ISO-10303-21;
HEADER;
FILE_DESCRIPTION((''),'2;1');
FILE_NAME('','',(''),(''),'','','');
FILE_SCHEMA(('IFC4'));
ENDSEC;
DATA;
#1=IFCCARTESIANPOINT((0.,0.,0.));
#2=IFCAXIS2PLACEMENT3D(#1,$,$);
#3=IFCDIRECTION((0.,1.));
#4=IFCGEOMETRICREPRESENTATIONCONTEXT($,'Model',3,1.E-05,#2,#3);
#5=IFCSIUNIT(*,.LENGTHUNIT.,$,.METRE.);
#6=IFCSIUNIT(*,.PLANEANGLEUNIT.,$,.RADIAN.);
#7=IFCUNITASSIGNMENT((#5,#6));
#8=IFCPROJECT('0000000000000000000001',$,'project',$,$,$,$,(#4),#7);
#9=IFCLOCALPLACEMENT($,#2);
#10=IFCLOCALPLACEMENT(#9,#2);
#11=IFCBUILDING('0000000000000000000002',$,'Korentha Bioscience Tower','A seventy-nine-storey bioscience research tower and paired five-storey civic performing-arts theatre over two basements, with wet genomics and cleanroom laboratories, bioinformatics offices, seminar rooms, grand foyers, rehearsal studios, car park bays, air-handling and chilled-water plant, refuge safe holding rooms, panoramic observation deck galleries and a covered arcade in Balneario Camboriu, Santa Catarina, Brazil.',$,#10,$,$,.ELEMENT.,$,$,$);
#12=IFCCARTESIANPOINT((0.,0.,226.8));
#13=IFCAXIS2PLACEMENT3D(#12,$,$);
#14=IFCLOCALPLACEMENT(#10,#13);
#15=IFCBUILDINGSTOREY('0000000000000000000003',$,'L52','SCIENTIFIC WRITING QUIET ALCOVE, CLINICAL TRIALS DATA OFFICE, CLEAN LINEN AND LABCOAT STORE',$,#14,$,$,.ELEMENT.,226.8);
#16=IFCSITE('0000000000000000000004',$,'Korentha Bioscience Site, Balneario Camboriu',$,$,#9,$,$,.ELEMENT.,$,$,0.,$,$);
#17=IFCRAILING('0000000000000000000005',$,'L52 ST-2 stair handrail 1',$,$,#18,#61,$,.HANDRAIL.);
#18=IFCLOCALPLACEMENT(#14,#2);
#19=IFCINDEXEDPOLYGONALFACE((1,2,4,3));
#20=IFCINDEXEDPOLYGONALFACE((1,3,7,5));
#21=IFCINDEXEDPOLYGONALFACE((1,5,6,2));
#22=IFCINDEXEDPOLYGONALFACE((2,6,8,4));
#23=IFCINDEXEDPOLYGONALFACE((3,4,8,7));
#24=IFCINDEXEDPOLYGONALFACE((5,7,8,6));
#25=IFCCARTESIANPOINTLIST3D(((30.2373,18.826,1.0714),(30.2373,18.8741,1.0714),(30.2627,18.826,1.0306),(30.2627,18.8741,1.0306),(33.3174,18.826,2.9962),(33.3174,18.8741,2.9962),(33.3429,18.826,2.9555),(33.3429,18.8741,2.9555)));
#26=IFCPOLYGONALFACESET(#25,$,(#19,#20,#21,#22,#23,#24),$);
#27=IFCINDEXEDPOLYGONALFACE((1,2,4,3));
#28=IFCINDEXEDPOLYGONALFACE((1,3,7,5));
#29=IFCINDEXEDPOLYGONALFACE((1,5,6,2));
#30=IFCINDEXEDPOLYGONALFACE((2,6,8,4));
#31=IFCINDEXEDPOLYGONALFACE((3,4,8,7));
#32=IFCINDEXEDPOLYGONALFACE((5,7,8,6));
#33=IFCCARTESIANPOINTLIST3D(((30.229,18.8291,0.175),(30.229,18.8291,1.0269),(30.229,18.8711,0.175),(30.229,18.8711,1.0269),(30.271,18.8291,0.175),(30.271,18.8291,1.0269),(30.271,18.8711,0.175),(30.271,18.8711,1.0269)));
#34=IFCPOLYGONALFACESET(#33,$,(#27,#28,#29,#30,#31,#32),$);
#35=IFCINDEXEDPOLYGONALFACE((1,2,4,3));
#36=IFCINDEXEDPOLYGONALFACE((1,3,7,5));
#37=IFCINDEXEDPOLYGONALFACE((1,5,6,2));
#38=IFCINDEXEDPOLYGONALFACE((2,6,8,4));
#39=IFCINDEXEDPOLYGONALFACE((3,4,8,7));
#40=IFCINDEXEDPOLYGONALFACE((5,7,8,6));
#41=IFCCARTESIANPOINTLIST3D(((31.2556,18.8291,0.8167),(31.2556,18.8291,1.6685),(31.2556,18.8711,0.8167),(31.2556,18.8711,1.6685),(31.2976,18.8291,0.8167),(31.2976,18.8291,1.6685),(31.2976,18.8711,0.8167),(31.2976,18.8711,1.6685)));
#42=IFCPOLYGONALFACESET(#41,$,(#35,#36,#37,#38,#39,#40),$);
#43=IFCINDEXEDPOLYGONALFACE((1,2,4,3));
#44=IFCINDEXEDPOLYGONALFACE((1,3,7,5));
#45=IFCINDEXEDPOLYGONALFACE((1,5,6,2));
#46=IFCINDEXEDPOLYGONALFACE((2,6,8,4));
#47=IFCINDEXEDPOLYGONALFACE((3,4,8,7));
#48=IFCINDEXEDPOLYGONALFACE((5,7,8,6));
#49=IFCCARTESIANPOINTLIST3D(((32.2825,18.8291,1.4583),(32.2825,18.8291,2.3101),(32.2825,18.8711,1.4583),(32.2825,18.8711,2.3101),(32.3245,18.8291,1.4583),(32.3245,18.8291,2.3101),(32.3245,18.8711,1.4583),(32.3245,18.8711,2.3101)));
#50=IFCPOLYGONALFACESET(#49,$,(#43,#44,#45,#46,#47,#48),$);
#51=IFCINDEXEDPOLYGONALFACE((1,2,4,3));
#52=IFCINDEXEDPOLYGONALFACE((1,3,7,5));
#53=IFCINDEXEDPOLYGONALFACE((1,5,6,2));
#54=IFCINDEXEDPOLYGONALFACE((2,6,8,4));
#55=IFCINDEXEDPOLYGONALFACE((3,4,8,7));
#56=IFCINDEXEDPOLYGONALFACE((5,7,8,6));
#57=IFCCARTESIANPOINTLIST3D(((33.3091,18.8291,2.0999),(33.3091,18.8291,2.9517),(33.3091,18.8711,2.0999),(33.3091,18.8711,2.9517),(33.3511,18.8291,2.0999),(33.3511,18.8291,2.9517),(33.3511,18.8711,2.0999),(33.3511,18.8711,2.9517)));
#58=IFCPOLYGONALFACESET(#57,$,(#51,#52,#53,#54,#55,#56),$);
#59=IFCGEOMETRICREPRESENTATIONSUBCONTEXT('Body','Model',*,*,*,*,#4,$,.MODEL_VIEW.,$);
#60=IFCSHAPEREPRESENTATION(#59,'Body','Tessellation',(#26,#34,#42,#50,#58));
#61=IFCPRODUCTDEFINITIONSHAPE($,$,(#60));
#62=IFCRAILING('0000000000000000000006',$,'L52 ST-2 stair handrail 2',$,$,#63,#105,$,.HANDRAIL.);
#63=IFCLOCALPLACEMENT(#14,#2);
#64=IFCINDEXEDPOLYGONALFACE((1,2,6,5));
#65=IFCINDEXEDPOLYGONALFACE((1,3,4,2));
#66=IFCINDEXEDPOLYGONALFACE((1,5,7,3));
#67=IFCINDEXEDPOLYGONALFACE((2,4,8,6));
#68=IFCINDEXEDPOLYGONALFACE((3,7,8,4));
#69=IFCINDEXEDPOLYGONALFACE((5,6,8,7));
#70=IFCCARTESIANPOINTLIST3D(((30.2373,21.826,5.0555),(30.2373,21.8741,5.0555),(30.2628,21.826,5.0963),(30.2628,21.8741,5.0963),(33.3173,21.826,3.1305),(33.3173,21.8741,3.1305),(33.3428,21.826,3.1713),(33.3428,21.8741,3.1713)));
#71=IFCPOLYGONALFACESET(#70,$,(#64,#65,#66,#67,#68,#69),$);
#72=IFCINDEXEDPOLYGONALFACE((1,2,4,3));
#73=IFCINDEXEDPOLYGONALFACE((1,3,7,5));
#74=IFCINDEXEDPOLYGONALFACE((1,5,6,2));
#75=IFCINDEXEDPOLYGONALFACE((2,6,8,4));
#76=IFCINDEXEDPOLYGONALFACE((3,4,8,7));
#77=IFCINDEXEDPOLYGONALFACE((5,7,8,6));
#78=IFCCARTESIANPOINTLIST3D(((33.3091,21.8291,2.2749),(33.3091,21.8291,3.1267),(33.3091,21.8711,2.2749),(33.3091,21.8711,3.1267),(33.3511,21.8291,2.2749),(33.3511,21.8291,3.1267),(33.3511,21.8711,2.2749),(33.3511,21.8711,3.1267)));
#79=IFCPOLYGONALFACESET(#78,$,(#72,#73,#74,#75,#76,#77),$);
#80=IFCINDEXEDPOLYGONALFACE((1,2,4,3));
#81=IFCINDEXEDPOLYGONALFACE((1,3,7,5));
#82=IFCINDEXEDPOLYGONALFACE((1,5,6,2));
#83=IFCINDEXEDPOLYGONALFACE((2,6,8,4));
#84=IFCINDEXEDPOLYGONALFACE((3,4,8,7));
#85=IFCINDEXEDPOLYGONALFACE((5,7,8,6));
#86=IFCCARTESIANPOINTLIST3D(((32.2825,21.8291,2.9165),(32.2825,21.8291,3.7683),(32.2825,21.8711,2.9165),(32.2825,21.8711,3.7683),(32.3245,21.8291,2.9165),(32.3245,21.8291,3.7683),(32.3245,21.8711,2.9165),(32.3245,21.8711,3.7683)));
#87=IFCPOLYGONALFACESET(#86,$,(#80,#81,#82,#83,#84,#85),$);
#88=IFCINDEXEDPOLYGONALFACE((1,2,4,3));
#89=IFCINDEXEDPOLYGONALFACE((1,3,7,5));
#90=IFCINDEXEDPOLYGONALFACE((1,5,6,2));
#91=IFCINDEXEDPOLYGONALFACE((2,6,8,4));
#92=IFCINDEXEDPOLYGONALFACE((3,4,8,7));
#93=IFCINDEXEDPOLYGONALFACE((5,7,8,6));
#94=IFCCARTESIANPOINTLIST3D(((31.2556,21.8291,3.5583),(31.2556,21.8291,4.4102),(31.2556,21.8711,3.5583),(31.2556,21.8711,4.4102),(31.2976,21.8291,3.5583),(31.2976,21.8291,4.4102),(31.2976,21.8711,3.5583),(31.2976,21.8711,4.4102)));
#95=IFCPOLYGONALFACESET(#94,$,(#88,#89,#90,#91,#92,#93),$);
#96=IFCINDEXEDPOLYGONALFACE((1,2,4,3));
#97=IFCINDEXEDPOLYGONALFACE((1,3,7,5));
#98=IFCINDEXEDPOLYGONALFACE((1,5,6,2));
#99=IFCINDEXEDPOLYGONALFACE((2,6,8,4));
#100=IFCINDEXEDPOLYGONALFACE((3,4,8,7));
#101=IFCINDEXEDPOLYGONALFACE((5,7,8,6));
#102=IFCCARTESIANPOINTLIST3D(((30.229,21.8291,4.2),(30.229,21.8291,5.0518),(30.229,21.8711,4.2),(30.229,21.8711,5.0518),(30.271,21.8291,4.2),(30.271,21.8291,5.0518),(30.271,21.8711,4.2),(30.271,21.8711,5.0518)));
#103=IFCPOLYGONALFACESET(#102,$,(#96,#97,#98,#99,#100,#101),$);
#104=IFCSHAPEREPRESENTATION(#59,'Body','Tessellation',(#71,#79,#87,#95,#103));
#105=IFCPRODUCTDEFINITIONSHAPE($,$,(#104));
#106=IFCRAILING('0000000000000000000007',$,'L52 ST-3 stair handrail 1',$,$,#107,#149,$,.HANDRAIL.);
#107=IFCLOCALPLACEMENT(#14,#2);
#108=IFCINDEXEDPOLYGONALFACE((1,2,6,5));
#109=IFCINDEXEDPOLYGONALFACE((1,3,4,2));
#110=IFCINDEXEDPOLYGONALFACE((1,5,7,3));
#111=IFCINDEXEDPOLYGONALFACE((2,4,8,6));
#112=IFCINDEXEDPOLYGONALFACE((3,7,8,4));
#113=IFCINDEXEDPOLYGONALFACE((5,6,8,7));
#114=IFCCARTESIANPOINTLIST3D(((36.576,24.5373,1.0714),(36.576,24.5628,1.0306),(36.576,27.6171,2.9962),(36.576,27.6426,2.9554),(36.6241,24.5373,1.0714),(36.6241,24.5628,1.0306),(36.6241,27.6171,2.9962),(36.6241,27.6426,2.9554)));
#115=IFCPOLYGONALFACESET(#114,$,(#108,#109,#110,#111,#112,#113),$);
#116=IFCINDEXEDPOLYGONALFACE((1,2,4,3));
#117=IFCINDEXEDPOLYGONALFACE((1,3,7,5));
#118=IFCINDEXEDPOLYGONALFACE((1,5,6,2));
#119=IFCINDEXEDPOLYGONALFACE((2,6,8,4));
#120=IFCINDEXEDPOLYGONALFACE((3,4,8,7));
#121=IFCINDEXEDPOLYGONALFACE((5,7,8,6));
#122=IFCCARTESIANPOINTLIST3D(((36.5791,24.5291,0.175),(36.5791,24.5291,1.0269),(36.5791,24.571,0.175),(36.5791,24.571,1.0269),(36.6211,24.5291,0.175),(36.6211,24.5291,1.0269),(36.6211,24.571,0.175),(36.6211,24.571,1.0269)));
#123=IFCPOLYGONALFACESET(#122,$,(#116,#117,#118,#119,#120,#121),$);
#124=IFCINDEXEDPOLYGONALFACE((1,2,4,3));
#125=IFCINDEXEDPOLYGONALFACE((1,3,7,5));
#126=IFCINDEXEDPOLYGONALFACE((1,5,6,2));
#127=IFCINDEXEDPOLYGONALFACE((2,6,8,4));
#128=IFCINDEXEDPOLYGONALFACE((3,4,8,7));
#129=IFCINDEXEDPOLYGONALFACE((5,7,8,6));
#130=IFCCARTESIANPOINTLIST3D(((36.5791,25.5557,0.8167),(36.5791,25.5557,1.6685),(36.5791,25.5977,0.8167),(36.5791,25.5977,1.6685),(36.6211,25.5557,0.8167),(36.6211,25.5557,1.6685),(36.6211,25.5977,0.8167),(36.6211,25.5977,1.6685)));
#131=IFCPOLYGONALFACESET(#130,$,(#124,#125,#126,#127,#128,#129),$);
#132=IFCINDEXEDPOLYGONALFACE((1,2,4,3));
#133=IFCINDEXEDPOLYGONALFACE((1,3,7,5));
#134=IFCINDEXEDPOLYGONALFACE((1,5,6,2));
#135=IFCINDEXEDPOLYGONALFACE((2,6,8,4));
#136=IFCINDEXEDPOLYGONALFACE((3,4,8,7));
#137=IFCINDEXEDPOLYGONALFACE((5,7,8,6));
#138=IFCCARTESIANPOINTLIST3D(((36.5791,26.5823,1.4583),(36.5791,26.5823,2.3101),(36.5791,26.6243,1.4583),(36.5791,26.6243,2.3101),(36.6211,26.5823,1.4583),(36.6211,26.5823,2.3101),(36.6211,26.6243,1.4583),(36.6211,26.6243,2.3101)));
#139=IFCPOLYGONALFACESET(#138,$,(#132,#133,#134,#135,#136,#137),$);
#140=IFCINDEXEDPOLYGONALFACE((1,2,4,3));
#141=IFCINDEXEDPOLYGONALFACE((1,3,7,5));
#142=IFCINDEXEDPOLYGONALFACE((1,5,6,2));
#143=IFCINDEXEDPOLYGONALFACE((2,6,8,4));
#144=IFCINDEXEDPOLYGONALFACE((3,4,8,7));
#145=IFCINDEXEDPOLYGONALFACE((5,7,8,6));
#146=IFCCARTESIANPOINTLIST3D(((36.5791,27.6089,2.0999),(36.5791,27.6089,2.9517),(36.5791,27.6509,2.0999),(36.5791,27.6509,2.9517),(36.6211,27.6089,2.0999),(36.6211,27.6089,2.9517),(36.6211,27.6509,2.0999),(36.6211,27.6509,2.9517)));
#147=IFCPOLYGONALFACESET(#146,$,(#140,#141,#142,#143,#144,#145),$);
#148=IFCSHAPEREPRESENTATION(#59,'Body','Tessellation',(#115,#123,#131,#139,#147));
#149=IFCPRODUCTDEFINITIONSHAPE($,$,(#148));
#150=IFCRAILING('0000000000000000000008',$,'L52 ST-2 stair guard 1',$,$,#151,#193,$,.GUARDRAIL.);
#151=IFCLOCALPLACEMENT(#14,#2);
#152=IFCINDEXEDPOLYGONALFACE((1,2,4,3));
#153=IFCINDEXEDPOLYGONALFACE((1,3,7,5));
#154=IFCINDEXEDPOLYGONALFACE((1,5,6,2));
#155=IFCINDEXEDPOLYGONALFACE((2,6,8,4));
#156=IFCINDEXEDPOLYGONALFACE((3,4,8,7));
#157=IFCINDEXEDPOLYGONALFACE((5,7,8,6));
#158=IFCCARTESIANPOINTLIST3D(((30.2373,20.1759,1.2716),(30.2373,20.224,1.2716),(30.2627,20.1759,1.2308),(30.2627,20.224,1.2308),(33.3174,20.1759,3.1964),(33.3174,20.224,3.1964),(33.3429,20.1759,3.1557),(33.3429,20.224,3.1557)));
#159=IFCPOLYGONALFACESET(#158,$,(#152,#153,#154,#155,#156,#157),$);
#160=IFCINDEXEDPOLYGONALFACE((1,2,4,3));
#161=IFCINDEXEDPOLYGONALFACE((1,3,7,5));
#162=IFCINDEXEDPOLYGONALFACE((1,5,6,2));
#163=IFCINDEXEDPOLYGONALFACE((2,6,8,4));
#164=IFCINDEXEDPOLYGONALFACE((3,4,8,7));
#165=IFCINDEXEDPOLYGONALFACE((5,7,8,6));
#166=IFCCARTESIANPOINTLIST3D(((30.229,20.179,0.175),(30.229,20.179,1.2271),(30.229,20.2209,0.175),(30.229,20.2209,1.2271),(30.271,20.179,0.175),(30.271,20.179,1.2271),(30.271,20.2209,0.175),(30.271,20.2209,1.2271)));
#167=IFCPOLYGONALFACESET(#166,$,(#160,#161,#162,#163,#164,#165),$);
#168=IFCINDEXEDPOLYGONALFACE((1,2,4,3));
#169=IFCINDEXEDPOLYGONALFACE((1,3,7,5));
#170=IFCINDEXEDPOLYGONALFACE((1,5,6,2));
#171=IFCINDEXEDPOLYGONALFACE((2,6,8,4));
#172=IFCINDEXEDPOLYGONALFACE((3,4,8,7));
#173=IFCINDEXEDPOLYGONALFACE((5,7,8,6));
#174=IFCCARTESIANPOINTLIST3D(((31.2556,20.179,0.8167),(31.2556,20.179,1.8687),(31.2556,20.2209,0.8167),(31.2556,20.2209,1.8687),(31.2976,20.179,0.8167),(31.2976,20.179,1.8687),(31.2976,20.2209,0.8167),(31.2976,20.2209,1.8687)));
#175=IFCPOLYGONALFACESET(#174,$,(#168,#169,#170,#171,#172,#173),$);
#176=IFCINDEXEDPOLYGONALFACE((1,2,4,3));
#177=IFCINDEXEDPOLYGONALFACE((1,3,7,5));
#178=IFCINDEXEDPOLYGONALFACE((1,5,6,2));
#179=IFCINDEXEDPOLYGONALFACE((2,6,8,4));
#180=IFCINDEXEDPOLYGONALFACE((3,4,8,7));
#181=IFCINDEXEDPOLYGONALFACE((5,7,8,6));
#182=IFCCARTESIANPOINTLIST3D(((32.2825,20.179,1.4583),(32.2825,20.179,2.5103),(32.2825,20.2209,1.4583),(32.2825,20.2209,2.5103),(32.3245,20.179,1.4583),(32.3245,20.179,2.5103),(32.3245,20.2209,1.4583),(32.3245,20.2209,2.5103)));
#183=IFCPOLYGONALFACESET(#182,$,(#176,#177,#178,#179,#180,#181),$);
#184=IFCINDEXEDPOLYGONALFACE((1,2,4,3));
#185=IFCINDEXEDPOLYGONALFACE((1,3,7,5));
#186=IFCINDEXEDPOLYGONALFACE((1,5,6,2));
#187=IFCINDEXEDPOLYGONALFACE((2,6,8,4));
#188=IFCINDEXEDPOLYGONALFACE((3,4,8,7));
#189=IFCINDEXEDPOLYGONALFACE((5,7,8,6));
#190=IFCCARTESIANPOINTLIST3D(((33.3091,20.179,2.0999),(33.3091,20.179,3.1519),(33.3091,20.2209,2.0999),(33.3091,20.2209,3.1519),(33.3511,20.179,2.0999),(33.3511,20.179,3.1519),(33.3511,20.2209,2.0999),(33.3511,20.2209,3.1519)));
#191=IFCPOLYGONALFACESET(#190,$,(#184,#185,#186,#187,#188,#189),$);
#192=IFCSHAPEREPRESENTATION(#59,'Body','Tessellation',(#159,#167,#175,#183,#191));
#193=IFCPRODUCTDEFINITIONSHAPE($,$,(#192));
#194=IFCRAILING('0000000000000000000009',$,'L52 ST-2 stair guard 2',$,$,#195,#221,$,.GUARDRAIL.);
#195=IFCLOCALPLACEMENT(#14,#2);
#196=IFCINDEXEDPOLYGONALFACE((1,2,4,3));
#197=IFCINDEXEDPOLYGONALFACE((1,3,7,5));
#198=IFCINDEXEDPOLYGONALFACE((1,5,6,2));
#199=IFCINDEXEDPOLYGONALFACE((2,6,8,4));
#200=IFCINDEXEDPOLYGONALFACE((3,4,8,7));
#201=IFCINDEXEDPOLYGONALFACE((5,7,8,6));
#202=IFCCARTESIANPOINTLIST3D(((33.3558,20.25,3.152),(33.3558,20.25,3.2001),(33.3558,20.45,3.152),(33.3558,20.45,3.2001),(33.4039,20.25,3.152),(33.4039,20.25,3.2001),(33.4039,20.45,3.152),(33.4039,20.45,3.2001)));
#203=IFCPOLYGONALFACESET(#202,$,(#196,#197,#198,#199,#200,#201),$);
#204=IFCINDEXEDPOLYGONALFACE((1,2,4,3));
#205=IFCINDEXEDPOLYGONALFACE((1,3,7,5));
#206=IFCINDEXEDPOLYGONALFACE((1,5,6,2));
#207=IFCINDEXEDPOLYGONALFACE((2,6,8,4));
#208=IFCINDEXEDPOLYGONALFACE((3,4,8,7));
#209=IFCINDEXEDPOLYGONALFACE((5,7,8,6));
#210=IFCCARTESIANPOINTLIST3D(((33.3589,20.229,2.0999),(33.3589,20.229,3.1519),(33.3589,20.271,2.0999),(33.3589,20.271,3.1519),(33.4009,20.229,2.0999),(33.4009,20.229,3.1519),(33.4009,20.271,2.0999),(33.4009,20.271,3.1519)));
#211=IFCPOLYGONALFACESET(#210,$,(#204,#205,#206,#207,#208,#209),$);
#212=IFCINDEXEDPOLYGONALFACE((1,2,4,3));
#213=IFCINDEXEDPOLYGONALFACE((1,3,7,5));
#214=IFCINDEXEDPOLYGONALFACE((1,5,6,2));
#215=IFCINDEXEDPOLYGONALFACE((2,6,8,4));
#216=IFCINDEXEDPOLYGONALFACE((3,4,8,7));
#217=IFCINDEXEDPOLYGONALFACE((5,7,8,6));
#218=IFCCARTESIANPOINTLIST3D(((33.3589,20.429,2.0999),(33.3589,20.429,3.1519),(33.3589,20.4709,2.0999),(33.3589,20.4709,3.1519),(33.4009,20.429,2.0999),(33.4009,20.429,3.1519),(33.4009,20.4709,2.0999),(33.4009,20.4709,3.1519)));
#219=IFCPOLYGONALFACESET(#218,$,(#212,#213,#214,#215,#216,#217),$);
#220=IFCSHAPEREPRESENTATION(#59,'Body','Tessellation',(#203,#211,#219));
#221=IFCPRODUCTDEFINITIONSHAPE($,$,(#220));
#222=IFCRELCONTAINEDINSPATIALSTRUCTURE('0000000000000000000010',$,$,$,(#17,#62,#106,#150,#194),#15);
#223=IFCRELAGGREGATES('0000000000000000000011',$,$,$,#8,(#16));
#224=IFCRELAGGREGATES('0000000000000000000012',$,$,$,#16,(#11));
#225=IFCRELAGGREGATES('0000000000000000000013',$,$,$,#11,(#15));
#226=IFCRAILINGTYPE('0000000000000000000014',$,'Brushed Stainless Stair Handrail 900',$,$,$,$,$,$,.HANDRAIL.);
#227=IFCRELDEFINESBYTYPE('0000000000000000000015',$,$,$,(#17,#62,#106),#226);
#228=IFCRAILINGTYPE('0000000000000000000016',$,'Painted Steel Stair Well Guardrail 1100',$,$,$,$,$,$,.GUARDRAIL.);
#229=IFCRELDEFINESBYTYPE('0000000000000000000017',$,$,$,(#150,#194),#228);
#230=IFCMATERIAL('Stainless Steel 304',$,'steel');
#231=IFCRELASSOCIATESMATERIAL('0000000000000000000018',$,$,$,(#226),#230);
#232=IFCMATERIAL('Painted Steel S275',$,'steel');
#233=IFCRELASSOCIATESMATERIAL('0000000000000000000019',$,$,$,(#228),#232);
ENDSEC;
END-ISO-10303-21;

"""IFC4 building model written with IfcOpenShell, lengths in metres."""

from ifc_helpers import new_model, si_unit, direction, frame, origin, origin_2d, place, context, subcontext, project, spatial, rectangle, extrude, material, type_object, element, save


model = new_model("IFC4")

# Units and contexts
model_context = context("Model", 3, precision=1e-05, world=origin(), true_north=direction((0.0, 1.0)))
body_context = subcontext(model_context, "Body", "Model", "MODEL_VIEW")
ifc_project = project(units=[si_unit("LENGTHUNIT", "METRE"), si_unit("PLANEANGLEUNIT", "RADIAN")], contexts=[model_context])

# Site, building, storey
site_placement = place(None, origin())
site = spatial("IfcSite", under=ifc_project, at=site_placement, Name="Korentha Bioscience Site, Balneario Camboriu", CompositionType="ELEMENT", RefElevation=0.0)
building_placement = place(site_placement, origin())
building = spatial("IfcBuilding", under=site, at=building_placement, Name="Korentha Bioscience Tower", Description="A seventy-nine-storey bioscience research tower and paired five-storey civic performing-arts theatre over two basements, with wet genomics and cleanroom laboratories, bioinformatics offices, seminar rooms, grand foyers, rehearsal studios, car park bays, air-handling and chilled-water plant, refuge safe holding rooms, panoramic observation deck galleries and a covered arcade in Balneario Camboriu, Santa Catarina, Brazil.", CompositionType="ELEMENT")
storey_placement = place(building_placement, frame((0.0, 0.0, 226.8)))
storey = spatial("IfcBuildingStorey", under=building, at=storey_placement, Name="L52", Description="SCIENTIFIC WRITING QUIET ALCOVE, CLINICAL TRIALS DATA OFFICE, CLEAN LINEN AND LABCOAT STORE", CompositionType="ELEMENT", Elevation=226.8)

# Railings
ifc_material_1 = material(Name="Stainless Steel 304", Category="steel")
railing_type_1 = type_object("IfcRailingType", Name="Brushed Stainless Stair Handrail 900", PredefinedType="HANDRAIL", material=ifc_material_1)
railing_1_placement = place(storey_placement, frame((30.25, 18.8501, 0.175)))
element("IfcRailing", 1, at=railing_1_placement, inside=storey, type_object=railing_type_1, Name="L52 ST-2 stair handrail 1", PredefinedType="HANDRAIL", context=body_context, shape_type="SweptSolid", body=[
    extrude(rectangle(XDim=0.0481, YDim=0.0481, at=origin_2d()), frame((0.0, 0.0, 0.876), z_axis=(0.848029, 0.0, 0.529951), x_axis=(0.0, 1.0, 0.0)), (0.0, 0.0, 1.0), 3.6321),
    extrude(rectangle(XDim=0.042, YDim=0.042, at=origin_2d()), origin(), (0.0, 0.0, 1.0), 0.8518),
    extrude(rectangle(XDim=0.042, YDim=0.042, at=origin_2d()), frame((1.0266, 0.0, 0.6416)), (0.0, 0.0, 1.0), 0.8518),
    extrude(rectangle(XDim=0.042, YDim=0.042, at=origin_2d()), frame((2.0535, 0.0, 1.2832)), (0.0, 0.0, 1.0), 0.8518),
    extrude(rectangle(XDim=0.042, YDim=0.042, at=origin_2d()), frame((3.0801, 0.0, 1.9248)), (0.0, 0.0, 1.0), 0.8518),
])
railing_2_placement = place(storey_placement, frame((33.3301, 21.8501, 2.2749)))
element("IfcRailing", 2, at=railing_2_placement, inside=storey, type_object=railing_type_1, Name="L52 ST-2 stair handrail 2", PredefinedType="HANDRAIL", context=body_context, shape_type="SweptSolid", body=[
    extrude(rectangle(XDim=0.0481, YDim=0.0481, at=origin_2d()), frame((0.0, 0.0, 0.876), z_axis=(-0.847998, 0.0, 0.529999), x_axis=(0.0, -1.0, 0.0)), (0.0, 0.0, 1.0), 3.6321),
    extrude(rectangle(XDim=0.042, YDim=0.042, at=origin_2d()), origin(), (0.0, 0.0, 1.0), 0.8518),
    extrude(rectangle(XDim=0.042, YDim=0.042, at=origin_2d()), frame((-1.0266, 0.0, 0.6416)), (0.0, 0.0, 1.0), 0.8518),
    extrude(rectangle(XDim=0.042, YDim=0.042, at=origin_2d()), frame((-2.0535, 0.0, 1.2834)), (0.0, 0.0, 1.0), 0.8518),
    extrude(rectangle(XDim=0.042, YDim=0.042, at=origin_2d()), frame((-3.0801, 0.0, 1.925)), (0.0, 0.0, 1.0), 0.8518),
])
railing_3_placement = place(storey_placement, frame((36.6001, 24.55, 0.175)))
element("IfcRailing", 3, at=railing_3_placement, inside=storey, type_object=railing_type_1, Name="L52 ST-3 stair handrail 1", PredefinedType="HANDRAIL", context=body_context, shape_type="SweptSolid", body=[
    extrude(rectangle(XDim=0.0481, YDim=0.0481, at=origin_2d()), frame((0.0, 0.0, 0.876), z_axis=(0.0, 0.84801, 0.529981), x_axis=(-1.0, 0.0, 0.0)), (0.0, 0.0, 1.0), 3.6318),
    extrude(rectangle(XDim=0.042, YDim=0.042, at=origin_2d()), origin(), (0.0, 0.0, 1.0), 0.8518),
    extrude(rectangle(XDim=0.042, YDim=0.042, at=origin_2d()), frame((0.0, 1.0266, 0.6416)), (0.0, 0.0, 1.0), 0.8518),
    extrude(rectangle(XDim=0.042, YDim=0.042, at=origin_2d()), frame((0.0, 2.0532, 1.2832)), (0.0, 0.0, 1.0), 0.8518),
    extrude(rectangle(XDim=0.042, YDim=0.042, at=origin_2d()), frame((0.0, 3.0798, 1.9248)), (0.0, 0.0, 1.0), 0.8518),
])
ifc_material_2 = material(Name="Painted Steel S275", Category="steel")
railing_type_2 = type_object("IfcRailingType", Name="Painted Steel Stair Well Guardrail 1100", PredefinedType="GUARDRAIL", material=ifc_material_2)
railing_4_placement = place(storey_placement, frame((30.25, 20.2, 0.175)))
element("IfcRailing", 4, at=railing_4_placement, inside=storey, type_object=railing_type_2, Name="L52 ST-2 stair guard 1", PredefinedType="GUARDRAIL", context=body_context, shape_type="SweptSolid", body=[
    extrude(rectangle(XDim=0.0481, YDim=0.0481, at=origin_2d()), frame((0.0, 0.0, 1.0762), z_axis=(0.848029, 0.0, 0.529951), x_axis=(0.0, 1.0, 0.0)), (0.0, 0.0, 1.0), 3.6321),
    extrude(rectangle(XDim=0.042, YDim=0.042, at=origin_2d()), origin(), (0.0, 0.0, 1.0), 1.052),
    extrude(rectangle(XDim=0.042, YDim=0.042, at=origin_2d()), frame((1.0266, 0.0, 0.6416)), (0.0, 0.0, 1.0), 1.052),
    extrude(rectangle(XDim=0.042, YDim=0.042, at=origin_2d()), frame((2.0535, 0.0, 1.2832)), (0.0, 0.0, 1.0), 1.052),
    extrude(rectangle(XDim=0.042, YDim=0.042, at=origin_2d()), frame((3.0801, 0.0, 1.9248)), (0.0, 0.0, 1.0), 1.052),
])
railing_5_placement = place(storey_placement, frame((33.3799, 20.25, 2.0999)))
element("IfcRailing", 5, at=railing_5_placement, inside=storey, type_object=railing_type_2, Name="L52 ST-2 stair guard 2", PredefinedType="GUARDRAIL", context=body_context, shape_type="SweptSolid", body=[
    extrude(rectangle(XDim=0.0481, YDim=0.0481, at=origin_2d()), frame((0.0, 0.0, 1.0762), z_axis=(0.0, 1.0, 0.0), x_axis=(-1.0, 0.0, 0.0)), (0.0, 0.0, 1.0), 0.2),
    extrude(rectangle(XDim=0.042, YDim=0.042, at=origin_2d()), origin(), (0.0, 0.0, 1.0), 1.052),
    extrude(rectangle(XDim=0.042, YDim=0.042, at=origin_2d()), frame((0.0, 0.2, 0.0)), (0.0, 0.0, 1.0), 1.052),
])

save(model, "model.ifc")
